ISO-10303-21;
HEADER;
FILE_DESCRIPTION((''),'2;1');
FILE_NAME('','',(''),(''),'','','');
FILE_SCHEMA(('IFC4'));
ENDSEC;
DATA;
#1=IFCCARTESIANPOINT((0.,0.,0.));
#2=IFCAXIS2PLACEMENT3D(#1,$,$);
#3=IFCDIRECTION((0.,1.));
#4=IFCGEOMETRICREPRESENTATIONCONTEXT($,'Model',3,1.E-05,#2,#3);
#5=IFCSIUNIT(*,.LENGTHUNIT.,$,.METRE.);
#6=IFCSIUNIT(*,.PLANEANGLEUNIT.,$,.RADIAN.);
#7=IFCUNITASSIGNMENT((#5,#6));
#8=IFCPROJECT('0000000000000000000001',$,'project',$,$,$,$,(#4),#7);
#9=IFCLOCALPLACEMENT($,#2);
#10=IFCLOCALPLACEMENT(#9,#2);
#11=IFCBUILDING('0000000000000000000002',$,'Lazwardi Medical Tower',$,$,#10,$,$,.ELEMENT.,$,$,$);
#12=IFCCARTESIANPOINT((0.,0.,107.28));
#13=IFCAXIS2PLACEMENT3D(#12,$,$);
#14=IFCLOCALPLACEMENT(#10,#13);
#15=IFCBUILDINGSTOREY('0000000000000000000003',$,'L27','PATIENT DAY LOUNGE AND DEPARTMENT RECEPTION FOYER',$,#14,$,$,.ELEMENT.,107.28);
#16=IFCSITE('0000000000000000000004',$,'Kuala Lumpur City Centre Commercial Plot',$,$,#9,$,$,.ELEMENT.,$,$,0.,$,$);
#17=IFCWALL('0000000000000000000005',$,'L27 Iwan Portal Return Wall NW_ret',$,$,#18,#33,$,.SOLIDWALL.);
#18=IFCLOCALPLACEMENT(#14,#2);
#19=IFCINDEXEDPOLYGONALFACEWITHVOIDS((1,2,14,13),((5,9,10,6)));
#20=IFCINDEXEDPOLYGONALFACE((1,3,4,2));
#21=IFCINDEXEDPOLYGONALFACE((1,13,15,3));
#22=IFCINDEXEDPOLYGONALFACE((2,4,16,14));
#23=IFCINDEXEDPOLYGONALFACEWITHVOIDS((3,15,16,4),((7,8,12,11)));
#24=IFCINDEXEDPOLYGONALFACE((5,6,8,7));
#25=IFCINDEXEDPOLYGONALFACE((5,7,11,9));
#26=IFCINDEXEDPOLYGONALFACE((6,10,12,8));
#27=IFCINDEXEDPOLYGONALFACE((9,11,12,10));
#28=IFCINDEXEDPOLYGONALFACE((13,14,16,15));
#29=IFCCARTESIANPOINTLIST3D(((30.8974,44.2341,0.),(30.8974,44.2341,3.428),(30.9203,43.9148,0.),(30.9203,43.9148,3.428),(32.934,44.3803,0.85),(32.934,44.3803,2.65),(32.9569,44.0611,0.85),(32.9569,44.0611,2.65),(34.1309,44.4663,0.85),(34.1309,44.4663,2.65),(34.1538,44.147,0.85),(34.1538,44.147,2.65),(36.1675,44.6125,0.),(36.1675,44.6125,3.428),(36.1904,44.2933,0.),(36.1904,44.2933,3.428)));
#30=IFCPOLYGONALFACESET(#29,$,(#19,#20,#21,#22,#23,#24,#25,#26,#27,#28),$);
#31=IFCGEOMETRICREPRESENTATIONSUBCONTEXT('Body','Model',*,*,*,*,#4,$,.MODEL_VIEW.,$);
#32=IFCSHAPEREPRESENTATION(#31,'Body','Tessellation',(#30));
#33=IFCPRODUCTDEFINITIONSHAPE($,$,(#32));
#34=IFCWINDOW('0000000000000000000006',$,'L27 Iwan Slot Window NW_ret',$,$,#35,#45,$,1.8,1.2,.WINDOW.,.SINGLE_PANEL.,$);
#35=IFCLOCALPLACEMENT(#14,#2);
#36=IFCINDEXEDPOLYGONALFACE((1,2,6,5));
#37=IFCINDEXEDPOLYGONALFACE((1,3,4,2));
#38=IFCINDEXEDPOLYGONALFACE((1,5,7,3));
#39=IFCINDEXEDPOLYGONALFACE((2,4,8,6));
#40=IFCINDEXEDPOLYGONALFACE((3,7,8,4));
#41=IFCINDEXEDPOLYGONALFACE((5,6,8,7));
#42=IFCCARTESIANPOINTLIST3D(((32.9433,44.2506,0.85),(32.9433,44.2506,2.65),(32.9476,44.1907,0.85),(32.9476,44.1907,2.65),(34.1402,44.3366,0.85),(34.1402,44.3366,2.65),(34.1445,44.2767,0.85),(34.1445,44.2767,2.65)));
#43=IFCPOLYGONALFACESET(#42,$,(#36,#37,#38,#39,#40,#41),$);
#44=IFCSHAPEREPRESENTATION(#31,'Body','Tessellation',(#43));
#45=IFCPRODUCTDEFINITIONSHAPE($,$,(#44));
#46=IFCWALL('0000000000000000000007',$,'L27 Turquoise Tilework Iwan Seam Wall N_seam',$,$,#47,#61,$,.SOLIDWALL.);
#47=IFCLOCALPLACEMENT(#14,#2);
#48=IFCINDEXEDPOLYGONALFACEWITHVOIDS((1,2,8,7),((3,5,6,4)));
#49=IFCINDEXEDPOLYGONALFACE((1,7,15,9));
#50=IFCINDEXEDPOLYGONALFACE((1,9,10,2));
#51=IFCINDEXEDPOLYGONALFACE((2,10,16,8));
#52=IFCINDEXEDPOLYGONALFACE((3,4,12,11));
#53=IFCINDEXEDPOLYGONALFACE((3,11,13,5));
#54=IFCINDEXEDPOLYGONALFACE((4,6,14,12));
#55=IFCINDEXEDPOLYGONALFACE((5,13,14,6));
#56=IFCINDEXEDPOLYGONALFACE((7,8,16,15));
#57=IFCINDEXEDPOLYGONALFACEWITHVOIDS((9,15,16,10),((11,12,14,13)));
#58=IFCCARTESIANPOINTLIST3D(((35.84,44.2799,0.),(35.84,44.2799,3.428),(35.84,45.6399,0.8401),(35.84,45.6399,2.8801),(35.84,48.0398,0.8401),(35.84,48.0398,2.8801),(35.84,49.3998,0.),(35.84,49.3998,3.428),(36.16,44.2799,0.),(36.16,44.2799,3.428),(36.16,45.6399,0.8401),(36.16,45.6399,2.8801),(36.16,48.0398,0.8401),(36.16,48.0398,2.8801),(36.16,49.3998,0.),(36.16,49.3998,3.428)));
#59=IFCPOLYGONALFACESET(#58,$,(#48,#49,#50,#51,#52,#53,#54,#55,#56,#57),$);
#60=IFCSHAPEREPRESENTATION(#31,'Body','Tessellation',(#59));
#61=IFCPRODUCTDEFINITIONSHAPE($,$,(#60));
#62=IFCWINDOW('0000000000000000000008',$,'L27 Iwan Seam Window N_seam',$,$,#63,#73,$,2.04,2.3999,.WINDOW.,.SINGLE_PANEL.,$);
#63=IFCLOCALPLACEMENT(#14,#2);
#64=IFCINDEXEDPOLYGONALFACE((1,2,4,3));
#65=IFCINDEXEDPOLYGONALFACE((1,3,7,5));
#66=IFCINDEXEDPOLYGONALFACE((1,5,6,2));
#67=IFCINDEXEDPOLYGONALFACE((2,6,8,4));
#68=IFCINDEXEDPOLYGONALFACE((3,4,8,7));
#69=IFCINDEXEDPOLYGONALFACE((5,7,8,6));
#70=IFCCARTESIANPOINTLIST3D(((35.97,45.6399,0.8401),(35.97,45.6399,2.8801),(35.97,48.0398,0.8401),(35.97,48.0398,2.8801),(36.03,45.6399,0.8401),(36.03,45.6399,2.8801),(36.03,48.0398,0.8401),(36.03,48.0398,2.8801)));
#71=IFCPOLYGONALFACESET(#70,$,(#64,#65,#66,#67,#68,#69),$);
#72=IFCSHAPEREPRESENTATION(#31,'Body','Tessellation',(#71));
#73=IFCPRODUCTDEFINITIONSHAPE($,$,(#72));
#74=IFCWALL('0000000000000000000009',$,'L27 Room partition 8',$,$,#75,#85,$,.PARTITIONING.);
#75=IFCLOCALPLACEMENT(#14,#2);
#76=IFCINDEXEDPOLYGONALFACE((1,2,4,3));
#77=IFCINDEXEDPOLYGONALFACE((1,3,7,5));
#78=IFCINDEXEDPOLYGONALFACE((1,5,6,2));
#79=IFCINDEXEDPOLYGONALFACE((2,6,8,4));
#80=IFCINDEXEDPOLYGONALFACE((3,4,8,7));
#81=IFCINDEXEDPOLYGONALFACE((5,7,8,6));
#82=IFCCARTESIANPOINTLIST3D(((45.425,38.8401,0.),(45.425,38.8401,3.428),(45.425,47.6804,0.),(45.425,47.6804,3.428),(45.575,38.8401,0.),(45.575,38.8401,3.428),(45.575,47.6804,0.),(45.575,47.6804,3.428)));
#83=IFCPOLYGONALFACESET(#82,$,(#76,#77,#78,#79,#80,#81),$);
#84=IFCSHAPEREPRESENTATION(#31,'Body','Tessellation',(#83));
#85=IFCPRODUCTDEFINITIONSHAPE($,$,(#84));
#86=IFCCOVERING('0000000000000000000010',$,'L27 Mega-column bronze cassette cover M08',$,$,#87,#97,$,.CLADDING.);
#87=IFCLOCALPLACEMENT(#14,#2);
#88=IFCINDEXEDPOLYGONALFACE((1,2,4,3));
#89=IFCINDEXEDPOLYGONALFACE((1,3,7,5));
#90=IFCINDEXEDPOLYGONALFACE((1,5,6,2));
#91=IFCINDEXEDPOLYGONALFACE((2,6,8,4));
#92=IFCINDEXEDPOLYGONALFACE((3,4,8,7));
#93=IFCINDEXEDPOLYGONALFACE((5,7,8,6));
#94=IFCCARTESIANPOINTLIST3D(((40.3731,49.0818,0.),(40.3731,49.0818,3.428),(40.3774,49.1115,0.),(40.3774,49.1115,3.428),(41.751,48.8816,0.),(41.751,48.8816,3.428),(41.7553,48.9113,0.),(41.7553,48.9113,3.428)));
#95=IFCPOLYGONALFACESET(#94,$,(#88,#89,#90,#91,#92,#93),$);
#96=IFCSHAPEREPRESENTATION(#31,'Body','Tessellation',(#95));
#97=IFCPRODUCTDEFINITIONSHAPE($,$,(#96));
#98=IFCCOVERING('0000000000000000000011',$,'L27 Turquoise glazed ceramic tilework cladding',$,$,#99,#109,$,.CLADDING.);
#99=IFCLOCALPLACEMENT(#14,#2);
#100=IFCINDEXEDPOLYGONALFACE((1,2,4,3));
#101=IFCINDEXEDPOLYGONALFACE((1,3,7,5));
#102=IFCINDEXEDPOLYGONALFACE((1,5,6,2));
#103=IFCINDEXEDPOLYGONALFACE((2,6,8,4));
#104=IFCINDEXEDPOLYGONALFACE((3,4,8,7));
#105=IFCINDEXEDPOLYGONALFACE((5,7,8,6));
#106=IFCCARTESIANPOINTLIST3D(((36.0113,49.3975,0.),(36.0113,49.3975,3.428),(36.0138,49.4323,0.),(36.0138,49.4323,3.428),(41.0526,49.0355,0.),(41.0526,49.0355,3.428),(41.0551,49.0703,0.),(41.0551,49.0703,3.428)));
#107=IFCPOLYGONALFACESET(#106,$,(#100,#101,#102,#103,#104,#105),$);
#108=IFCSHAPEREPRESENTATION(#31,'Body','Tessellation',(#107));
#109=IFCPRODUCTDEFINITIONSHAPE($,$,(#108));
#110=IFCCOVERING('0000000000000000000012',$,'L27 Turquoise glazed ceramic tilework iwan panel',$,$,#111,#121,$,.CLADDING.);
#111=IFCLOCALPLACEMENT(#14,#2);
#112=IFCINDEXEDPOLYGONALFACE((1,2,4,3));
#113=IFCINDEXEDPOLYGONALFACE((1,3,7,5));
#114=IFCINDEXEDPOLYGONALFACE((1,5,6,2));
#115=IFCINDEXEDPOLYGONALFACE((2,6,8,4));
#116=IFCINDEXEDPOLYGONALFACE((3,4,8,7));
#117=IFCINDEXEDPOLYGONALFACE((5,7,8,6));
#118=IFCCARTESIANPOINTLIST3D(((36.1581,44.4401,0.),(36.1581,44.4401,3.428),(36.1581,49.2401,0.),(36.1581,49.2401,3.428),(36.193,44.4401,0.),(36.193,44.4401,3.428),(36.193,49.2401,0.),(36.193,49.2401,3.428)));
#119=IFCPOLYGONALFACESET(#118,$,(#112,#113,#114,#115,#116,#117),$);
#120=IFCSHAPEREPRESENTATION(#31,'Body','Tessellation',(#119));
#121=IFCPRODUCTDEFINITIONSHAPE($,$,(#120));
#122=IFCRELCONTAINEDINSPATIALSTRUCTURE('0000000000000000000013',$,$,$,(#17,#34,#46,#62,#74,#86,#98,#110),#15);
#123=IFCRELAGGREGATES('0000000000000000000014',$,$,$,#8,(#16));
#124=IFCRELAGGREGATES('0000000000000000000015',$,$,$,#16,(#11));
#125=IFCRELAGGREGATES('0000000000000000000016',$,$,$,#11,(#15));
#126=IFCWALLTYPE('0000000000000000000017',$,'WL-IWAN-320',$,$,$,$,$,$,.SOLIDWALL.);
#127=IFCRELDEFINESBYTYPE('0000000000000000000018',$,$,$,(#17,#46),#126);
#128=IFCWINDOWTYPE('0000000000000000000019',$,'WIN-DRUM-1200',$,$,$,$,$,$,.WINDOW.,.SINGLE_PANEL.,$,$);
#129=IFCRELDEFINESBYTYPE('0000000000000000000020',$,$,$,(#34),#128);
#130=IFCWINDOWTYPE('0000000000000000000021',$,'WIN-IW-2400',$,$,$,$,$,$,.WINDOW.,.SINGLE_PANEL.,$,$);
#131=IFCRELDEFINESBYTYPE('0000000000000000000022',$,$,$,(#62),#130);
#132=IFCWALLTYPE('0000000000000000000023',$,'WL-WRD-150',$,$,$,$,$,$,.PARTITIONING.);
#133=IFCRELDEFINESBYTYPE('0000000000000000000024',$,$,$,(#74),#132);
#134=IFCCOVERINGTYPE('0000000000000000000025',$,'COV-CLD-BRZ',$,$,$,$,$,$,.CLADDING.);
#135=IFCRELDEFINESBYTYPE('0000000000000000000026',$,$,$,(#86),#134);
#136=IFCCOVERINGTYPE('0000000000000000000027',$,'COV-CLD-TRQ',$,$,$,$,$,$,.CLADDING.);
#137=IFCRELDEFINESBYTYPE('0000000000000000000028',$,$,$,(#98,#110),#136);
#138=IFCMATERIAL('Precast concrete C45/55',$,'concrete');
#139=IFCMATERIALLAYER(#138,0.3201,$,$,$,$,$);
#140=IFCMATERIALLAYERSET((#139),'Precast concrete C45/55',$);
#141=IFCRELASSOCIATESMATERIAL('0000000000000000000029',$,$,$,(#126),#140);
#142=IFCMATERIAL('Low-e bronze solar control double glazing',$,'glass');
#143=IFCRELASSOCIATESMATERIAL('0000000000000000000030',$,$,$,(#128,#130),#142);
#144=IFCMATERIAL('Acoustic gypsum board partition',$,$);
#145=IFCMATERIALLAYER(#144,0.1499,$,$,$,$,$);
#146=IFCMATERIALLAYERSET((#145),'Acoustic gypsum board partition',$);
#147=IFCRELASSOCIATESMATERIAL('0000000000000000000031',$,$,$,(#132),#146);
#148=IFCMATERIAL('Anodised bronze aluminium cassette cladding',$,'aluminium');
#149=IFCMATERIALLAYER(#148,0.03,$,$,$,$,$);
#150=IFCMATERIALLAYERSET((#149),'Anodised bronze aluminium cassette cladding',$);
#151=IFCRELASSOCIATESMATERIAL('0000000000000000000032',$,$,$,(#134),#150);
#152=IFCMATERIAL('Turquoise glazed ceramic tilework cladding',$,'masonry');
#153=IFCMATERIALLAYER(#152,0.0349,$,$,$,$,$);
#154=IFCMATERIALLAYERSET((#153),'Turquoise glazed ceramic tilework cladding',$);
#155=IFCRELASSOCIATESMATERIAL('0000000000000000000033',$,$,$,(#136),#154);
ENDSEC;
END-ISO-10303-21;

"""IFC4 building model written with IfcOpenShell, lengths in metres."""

from ifc_helpers import new_model, si_unit, direction, frame, frame_2d, origin, origin_2d, place, context, subcontext, project, spatial, rectangle, extrude, material, layer, layer_set, type_object, element, fill, save


model = new_model("IFC4")

# Units and contexts
model_context = context("Model", 3, precision=1e-05, world=origin(), true_north=direction((0.0, 1.0)))
body_context = subcontext(model_context, "Body", "Model", "MODEL_VIEW")
ifc_project = project(units=[si_unit("LENGTHUNIT", "METRE"), si_unit("PLANEANGLEUNIT", "RADIAN")], contexts=[model_context])

# Site, building, storey
site_placement = place(None, origin())
site = spatial("IfcSite", under=ifc_project, at=site_placement, Name="Kuala Lumpur City Centre Commercial Plot", CompositionType="ELEMENT", RefElevation=0.0)
building_placement = place(site_placement, origin())
building = spatial("IfcBuilding", under=site, at=building_placement, Name="Lazwardi Medical Tower", CompositionType="ELEMENT")
storey_placement = place(building_placement, frame((0.0, 0.0, 107.28)))
storey = spatial("IfcBuildingStorey", under=building, at=storey_placement, Name="L27", Description="PATIENT DAY LOUNGE AND DEPARTMENT RECEPTION FOYER", CompositionType="ELEMENT", Elevation=107.28)

# Shared definitions
ifc_material_1 = material(Name="Low-e bronze solar control double glazing", Category="glass")

# Walls, openings, windows
ifc_material_2 = material(Name="Precast concrete C45/55", Category="concrete")
ifc_layer_1 = layer(ifc_material_2, 0.3201)
ifc_layer_set_1 = layer_set([ifc_layer_1], Name="Precast concrete C45/55")
wall_type_1 = type_object("IfcWallType", Name="WL-IWAN-320", PredefinedType="SOLIDWALL", material=ifc_layer_set_1)
wall_1_placement = place(storey_placement, frame((36.179, 44.4529, 0.0), z_axis=(0.0, 0.0, 1.0), x_axis=(-0.997432, -0.071621, 0.0)))
wall_1 = element("IfcWall", 1, at=wall_1_placement, inside=storey, type_object=wall_type_1, Name="L27 Iwan Portal Return Wall NW_ret", PredefinedType="SOLIDWALL", context=body_context, shape_type="SweptSolid", body=[
    extrude(rectangle(XDim=5.2837, YDim=0.3201, at=frame_2d((2.6418, 0.0))), origin(), (0.0, 0.0, 1.0), 3.428),
])
opening_1_placement = place(wall_1_placement, frame((2.0417, 0.0, 0.8501)))
opening_1 = element("IfcOpeningElement", 2, at=opening_1_placement, cuts=wall_1, PredefinedType="OPENING", context=body_context, shape_type="SweptSolid", body=[
    extrude(rectangle(XDim=1.2, YDim=1.8, at=frame_2d((0.6001, 0.8999))), frame((0.0, 0.1699, 0.0), z_axis=(0.0, -1.0, 0.0), x_axis=(1.0, 0.0, 0.0)), (0.0, 0.0, 1.0), 0.3401),
])
window_type_1 = type_object("IfcWindowType", Name="WIN-DRUM-1200", PartitioningType="SINGLE_PANEL", PredefinedType="WINDOW", material=ifc_material_1)
window_1_placement = place(opening_1_placement, origin())
window_1 = element("IfcWindow", 3, at=window_1_placement, inside=storey, type_object=window_type_1, Name="L27 Iwan Slot Window NW_ret", OverallHeight=1.8, OverallWidth=1.2, PartitioningType="SINGLE_PANEL", PredefinedType="WINDOW", context=body_context, shape_type="SweptSolid", body=[
    extrude(rectangle(XDim=1.2, YDim=1.8, at=frame_2d((0.6001, 0.8999))), frame((0.0, 0.03, 0.0), z_axis=(0.0, -1.0, 0.0), x_axis=(1.0, 0.0, 0.0)), (0.0, 0.0, 1.0), 0.0601),
])
fill(opening_1, window_1)
wall_2_placement = place(storey_placement, frame((36.0, 49.3999, 0.0), z_axis=(0.0, 0.0, 1.0), x_axis=(0.0, -1.0, 0.0)))
wall_2 = element("IfcWall", 4, at=wall_2_placement, inside=storey, type_object=wall_type_1, Name="L27 Turquoise Tilework Iwan Seam Wall N_seam", PredefinedType="SOLIDWALL", context=body_context, shape_type="SweptSolid", body=[
    extrude(rectangle(XDim=5.1199, YDim=0.3201, at=frame_2d((2.5601, 0.0))), origin(), (0.0, 0.0, 1.0), 3.428),
])
opening_2_placement = place(wall_2_placement, frame((1.3601, 0.0, 0.8401)))
opening_2 = element("IfcOpeningElement", 5, at=opening_2_placement, cuts=wall_2, PredefinedType="OPENING", context=body_context, shape_type="SweptSolid", body=[
    extrude(rectangle(XDim=2.3999, YDim=2.04, at=frame_2d((1.2, 1.02))), frame((0.0, 0.1699, 0.0), z_axis=(0.0, -1.0, 0.0), x_axis=(1.0, 0.0, 0.0)), (0.0, 0.0, 1.0), 0.3401),
])
window_type_2 = type_object("IfcWindowType", Name="WIN-IW-2400", PartitioningType="SINGLE_PANEL", PredefinedType="WINDOW", material=ifc_material_1)
window_2_placement = place(opening_2_placement, origin())
window_2 = element("IfcWindow", 6, at=window_2_placement, inside=storey, type_object=window_type_2, Name="L27 Iwan Seam Window N_seam", OverallHeight=2.04, OverallWidth=2.3999, PartitioningType="SINGLE_PANEL", PredefinedType="WINDOW", context=body_context, shape_type="SweptSolid", body=[
    extrude(rectangle(XDim=2.3999, YDim=2.04, at=frame_2d((1.2, 1.02))), frame((0.0, 0.03, 0.0), z_axis=(0.0, -1.0, 0.0), x_axis=(1.0, 0.0, 0.0)), (0.0, 0.0, 1.0), 0.0601),
])
fill(opening_2, window_2)

# Wall
ifc_material_3 = material(Name="Acoustic gypsum board partition")
ifc_layer_2 = layer(ifc_material_3, 0.1499)
ifc_layer_set_2 = layer_set([ifc_layer_2], Name="Acoustic gypsum board partition")
wall_type_2 = type_object("IfcWallType", Name="WL-WRD-150", PredefinedType="PARTITIONING", material=ifc_layer_set_2)
wall_3_placement = place(storey_placement, frame((45.5, 38.8401, 0.0), z_axis=(0.0, 0.0, 1.0), x_axis=(0.0, 1.0, 0.0)))
element("IfcWall", 7, at=wall_3_placement, inside=storey, type_object=wall_type_2, Name="L27 Room partition 8", PredefinedType="PARTITIONING", context=body_context, shape_type="SweptSolid", body=[
    extrude(rectangle(XDim=8.8403, YDim=0.1499, at=frame_2d((4.4202, 0.0))), origin(), (0.0, 0.0, 1.0), 3.428),
])

# Coverings
ifc_material_4 = material(Name="Anodised bronze aluminium cassette cladding", Category="aluminium")
ifc_layer_3 = layer(ifc_material_4, 0.03)
ifc_layer_set_3 = layer_set([ifc_layer_3], Name="Anodised bronze aluminium cassette cladding")
covering_type_1 = type_object("IfcCoveringType", Name="COV-CLD-BRZ", PredefinedType="CLADDING", material=ifc_layer_set_3)
covering_1_placement = place(storey_placement, frame((41.0642, 48.9966, 0.0), z_axis=(0.0, 0.0, 1.0), x_axis=(-0.989609, 0.143785, 0.0)))
element("IfcCovering", 8, at=covering_1_placement, inside=storey, type_object=covering_type_1, Name="L27 Mega-column bronze cassette cover M08", PredefinedType="CLADDING", context=body_context, shape_type="SweptSolid", body=[
    extrude(rectangle(XDim=1.3923, YDim=0.03, at=origin_2d()), origin(), (0.0, 0.0, 1.0), 3.428),
])
ifc_material_5 = material(Name="Turquoise glazed ceramic tilework cladding", Category="masonry")
ifc_layer_4 = layer(ifc_material_5, 0.0349)
ifc_layer_set_4 = layer_set([ifc_layer_4], Name="Turquoise glazed ceramic tilework cladding")
covering_type_2 = type_object("IfcCoveringType", Name="COV-CLD-TRQ", PredefinedType="CLADDING", material=ifc_layer_set_4)
covering_2_placement = place(storey_placement, frame((38.5332, 49.2339, 0.0), z_axis=(0.0, 0.0, 1.0), x_axis=(-0.997432, 0.071625, 0.0)))
element("IfcCovering", 9, at=covering_2_placement, inside=storey, type_object=covering_type_2, Name="L27 Turquoise glazed ceramic tilework cladding", PredefinedType="CLADDING", context=body_context, shape_type="SweptSolid", body=[
    extrude(rectangle(XDim=5.0542, YDim=0.0349, at=origin_2d()), origin(), (0.0, 0.0, 1.0), 3.428),
])
covering_3_placement = place(storey_placement, frame((36.1755, 46.8401, 0.0), z_axis=(0.0, 0.0, 1.0), x_axis=(0.0, -1.0, 0.0)))
element("IfcCovering", 10, at=covering_3_placement, inside=storey, type_object=covering_type_2, Name="L27 Turquoise glazed ceramic tilework iwan panel", PredefinedType="CLADDING", context=body_context, shape_type="SweptSolid", body=[
    extrude(rectangle(XDim=4.8, YDim=0.0349, at=origin_2d()), origin(), (0.0, 0.0, 1.0), 3.428),
])

save(model, "model.ifc")
